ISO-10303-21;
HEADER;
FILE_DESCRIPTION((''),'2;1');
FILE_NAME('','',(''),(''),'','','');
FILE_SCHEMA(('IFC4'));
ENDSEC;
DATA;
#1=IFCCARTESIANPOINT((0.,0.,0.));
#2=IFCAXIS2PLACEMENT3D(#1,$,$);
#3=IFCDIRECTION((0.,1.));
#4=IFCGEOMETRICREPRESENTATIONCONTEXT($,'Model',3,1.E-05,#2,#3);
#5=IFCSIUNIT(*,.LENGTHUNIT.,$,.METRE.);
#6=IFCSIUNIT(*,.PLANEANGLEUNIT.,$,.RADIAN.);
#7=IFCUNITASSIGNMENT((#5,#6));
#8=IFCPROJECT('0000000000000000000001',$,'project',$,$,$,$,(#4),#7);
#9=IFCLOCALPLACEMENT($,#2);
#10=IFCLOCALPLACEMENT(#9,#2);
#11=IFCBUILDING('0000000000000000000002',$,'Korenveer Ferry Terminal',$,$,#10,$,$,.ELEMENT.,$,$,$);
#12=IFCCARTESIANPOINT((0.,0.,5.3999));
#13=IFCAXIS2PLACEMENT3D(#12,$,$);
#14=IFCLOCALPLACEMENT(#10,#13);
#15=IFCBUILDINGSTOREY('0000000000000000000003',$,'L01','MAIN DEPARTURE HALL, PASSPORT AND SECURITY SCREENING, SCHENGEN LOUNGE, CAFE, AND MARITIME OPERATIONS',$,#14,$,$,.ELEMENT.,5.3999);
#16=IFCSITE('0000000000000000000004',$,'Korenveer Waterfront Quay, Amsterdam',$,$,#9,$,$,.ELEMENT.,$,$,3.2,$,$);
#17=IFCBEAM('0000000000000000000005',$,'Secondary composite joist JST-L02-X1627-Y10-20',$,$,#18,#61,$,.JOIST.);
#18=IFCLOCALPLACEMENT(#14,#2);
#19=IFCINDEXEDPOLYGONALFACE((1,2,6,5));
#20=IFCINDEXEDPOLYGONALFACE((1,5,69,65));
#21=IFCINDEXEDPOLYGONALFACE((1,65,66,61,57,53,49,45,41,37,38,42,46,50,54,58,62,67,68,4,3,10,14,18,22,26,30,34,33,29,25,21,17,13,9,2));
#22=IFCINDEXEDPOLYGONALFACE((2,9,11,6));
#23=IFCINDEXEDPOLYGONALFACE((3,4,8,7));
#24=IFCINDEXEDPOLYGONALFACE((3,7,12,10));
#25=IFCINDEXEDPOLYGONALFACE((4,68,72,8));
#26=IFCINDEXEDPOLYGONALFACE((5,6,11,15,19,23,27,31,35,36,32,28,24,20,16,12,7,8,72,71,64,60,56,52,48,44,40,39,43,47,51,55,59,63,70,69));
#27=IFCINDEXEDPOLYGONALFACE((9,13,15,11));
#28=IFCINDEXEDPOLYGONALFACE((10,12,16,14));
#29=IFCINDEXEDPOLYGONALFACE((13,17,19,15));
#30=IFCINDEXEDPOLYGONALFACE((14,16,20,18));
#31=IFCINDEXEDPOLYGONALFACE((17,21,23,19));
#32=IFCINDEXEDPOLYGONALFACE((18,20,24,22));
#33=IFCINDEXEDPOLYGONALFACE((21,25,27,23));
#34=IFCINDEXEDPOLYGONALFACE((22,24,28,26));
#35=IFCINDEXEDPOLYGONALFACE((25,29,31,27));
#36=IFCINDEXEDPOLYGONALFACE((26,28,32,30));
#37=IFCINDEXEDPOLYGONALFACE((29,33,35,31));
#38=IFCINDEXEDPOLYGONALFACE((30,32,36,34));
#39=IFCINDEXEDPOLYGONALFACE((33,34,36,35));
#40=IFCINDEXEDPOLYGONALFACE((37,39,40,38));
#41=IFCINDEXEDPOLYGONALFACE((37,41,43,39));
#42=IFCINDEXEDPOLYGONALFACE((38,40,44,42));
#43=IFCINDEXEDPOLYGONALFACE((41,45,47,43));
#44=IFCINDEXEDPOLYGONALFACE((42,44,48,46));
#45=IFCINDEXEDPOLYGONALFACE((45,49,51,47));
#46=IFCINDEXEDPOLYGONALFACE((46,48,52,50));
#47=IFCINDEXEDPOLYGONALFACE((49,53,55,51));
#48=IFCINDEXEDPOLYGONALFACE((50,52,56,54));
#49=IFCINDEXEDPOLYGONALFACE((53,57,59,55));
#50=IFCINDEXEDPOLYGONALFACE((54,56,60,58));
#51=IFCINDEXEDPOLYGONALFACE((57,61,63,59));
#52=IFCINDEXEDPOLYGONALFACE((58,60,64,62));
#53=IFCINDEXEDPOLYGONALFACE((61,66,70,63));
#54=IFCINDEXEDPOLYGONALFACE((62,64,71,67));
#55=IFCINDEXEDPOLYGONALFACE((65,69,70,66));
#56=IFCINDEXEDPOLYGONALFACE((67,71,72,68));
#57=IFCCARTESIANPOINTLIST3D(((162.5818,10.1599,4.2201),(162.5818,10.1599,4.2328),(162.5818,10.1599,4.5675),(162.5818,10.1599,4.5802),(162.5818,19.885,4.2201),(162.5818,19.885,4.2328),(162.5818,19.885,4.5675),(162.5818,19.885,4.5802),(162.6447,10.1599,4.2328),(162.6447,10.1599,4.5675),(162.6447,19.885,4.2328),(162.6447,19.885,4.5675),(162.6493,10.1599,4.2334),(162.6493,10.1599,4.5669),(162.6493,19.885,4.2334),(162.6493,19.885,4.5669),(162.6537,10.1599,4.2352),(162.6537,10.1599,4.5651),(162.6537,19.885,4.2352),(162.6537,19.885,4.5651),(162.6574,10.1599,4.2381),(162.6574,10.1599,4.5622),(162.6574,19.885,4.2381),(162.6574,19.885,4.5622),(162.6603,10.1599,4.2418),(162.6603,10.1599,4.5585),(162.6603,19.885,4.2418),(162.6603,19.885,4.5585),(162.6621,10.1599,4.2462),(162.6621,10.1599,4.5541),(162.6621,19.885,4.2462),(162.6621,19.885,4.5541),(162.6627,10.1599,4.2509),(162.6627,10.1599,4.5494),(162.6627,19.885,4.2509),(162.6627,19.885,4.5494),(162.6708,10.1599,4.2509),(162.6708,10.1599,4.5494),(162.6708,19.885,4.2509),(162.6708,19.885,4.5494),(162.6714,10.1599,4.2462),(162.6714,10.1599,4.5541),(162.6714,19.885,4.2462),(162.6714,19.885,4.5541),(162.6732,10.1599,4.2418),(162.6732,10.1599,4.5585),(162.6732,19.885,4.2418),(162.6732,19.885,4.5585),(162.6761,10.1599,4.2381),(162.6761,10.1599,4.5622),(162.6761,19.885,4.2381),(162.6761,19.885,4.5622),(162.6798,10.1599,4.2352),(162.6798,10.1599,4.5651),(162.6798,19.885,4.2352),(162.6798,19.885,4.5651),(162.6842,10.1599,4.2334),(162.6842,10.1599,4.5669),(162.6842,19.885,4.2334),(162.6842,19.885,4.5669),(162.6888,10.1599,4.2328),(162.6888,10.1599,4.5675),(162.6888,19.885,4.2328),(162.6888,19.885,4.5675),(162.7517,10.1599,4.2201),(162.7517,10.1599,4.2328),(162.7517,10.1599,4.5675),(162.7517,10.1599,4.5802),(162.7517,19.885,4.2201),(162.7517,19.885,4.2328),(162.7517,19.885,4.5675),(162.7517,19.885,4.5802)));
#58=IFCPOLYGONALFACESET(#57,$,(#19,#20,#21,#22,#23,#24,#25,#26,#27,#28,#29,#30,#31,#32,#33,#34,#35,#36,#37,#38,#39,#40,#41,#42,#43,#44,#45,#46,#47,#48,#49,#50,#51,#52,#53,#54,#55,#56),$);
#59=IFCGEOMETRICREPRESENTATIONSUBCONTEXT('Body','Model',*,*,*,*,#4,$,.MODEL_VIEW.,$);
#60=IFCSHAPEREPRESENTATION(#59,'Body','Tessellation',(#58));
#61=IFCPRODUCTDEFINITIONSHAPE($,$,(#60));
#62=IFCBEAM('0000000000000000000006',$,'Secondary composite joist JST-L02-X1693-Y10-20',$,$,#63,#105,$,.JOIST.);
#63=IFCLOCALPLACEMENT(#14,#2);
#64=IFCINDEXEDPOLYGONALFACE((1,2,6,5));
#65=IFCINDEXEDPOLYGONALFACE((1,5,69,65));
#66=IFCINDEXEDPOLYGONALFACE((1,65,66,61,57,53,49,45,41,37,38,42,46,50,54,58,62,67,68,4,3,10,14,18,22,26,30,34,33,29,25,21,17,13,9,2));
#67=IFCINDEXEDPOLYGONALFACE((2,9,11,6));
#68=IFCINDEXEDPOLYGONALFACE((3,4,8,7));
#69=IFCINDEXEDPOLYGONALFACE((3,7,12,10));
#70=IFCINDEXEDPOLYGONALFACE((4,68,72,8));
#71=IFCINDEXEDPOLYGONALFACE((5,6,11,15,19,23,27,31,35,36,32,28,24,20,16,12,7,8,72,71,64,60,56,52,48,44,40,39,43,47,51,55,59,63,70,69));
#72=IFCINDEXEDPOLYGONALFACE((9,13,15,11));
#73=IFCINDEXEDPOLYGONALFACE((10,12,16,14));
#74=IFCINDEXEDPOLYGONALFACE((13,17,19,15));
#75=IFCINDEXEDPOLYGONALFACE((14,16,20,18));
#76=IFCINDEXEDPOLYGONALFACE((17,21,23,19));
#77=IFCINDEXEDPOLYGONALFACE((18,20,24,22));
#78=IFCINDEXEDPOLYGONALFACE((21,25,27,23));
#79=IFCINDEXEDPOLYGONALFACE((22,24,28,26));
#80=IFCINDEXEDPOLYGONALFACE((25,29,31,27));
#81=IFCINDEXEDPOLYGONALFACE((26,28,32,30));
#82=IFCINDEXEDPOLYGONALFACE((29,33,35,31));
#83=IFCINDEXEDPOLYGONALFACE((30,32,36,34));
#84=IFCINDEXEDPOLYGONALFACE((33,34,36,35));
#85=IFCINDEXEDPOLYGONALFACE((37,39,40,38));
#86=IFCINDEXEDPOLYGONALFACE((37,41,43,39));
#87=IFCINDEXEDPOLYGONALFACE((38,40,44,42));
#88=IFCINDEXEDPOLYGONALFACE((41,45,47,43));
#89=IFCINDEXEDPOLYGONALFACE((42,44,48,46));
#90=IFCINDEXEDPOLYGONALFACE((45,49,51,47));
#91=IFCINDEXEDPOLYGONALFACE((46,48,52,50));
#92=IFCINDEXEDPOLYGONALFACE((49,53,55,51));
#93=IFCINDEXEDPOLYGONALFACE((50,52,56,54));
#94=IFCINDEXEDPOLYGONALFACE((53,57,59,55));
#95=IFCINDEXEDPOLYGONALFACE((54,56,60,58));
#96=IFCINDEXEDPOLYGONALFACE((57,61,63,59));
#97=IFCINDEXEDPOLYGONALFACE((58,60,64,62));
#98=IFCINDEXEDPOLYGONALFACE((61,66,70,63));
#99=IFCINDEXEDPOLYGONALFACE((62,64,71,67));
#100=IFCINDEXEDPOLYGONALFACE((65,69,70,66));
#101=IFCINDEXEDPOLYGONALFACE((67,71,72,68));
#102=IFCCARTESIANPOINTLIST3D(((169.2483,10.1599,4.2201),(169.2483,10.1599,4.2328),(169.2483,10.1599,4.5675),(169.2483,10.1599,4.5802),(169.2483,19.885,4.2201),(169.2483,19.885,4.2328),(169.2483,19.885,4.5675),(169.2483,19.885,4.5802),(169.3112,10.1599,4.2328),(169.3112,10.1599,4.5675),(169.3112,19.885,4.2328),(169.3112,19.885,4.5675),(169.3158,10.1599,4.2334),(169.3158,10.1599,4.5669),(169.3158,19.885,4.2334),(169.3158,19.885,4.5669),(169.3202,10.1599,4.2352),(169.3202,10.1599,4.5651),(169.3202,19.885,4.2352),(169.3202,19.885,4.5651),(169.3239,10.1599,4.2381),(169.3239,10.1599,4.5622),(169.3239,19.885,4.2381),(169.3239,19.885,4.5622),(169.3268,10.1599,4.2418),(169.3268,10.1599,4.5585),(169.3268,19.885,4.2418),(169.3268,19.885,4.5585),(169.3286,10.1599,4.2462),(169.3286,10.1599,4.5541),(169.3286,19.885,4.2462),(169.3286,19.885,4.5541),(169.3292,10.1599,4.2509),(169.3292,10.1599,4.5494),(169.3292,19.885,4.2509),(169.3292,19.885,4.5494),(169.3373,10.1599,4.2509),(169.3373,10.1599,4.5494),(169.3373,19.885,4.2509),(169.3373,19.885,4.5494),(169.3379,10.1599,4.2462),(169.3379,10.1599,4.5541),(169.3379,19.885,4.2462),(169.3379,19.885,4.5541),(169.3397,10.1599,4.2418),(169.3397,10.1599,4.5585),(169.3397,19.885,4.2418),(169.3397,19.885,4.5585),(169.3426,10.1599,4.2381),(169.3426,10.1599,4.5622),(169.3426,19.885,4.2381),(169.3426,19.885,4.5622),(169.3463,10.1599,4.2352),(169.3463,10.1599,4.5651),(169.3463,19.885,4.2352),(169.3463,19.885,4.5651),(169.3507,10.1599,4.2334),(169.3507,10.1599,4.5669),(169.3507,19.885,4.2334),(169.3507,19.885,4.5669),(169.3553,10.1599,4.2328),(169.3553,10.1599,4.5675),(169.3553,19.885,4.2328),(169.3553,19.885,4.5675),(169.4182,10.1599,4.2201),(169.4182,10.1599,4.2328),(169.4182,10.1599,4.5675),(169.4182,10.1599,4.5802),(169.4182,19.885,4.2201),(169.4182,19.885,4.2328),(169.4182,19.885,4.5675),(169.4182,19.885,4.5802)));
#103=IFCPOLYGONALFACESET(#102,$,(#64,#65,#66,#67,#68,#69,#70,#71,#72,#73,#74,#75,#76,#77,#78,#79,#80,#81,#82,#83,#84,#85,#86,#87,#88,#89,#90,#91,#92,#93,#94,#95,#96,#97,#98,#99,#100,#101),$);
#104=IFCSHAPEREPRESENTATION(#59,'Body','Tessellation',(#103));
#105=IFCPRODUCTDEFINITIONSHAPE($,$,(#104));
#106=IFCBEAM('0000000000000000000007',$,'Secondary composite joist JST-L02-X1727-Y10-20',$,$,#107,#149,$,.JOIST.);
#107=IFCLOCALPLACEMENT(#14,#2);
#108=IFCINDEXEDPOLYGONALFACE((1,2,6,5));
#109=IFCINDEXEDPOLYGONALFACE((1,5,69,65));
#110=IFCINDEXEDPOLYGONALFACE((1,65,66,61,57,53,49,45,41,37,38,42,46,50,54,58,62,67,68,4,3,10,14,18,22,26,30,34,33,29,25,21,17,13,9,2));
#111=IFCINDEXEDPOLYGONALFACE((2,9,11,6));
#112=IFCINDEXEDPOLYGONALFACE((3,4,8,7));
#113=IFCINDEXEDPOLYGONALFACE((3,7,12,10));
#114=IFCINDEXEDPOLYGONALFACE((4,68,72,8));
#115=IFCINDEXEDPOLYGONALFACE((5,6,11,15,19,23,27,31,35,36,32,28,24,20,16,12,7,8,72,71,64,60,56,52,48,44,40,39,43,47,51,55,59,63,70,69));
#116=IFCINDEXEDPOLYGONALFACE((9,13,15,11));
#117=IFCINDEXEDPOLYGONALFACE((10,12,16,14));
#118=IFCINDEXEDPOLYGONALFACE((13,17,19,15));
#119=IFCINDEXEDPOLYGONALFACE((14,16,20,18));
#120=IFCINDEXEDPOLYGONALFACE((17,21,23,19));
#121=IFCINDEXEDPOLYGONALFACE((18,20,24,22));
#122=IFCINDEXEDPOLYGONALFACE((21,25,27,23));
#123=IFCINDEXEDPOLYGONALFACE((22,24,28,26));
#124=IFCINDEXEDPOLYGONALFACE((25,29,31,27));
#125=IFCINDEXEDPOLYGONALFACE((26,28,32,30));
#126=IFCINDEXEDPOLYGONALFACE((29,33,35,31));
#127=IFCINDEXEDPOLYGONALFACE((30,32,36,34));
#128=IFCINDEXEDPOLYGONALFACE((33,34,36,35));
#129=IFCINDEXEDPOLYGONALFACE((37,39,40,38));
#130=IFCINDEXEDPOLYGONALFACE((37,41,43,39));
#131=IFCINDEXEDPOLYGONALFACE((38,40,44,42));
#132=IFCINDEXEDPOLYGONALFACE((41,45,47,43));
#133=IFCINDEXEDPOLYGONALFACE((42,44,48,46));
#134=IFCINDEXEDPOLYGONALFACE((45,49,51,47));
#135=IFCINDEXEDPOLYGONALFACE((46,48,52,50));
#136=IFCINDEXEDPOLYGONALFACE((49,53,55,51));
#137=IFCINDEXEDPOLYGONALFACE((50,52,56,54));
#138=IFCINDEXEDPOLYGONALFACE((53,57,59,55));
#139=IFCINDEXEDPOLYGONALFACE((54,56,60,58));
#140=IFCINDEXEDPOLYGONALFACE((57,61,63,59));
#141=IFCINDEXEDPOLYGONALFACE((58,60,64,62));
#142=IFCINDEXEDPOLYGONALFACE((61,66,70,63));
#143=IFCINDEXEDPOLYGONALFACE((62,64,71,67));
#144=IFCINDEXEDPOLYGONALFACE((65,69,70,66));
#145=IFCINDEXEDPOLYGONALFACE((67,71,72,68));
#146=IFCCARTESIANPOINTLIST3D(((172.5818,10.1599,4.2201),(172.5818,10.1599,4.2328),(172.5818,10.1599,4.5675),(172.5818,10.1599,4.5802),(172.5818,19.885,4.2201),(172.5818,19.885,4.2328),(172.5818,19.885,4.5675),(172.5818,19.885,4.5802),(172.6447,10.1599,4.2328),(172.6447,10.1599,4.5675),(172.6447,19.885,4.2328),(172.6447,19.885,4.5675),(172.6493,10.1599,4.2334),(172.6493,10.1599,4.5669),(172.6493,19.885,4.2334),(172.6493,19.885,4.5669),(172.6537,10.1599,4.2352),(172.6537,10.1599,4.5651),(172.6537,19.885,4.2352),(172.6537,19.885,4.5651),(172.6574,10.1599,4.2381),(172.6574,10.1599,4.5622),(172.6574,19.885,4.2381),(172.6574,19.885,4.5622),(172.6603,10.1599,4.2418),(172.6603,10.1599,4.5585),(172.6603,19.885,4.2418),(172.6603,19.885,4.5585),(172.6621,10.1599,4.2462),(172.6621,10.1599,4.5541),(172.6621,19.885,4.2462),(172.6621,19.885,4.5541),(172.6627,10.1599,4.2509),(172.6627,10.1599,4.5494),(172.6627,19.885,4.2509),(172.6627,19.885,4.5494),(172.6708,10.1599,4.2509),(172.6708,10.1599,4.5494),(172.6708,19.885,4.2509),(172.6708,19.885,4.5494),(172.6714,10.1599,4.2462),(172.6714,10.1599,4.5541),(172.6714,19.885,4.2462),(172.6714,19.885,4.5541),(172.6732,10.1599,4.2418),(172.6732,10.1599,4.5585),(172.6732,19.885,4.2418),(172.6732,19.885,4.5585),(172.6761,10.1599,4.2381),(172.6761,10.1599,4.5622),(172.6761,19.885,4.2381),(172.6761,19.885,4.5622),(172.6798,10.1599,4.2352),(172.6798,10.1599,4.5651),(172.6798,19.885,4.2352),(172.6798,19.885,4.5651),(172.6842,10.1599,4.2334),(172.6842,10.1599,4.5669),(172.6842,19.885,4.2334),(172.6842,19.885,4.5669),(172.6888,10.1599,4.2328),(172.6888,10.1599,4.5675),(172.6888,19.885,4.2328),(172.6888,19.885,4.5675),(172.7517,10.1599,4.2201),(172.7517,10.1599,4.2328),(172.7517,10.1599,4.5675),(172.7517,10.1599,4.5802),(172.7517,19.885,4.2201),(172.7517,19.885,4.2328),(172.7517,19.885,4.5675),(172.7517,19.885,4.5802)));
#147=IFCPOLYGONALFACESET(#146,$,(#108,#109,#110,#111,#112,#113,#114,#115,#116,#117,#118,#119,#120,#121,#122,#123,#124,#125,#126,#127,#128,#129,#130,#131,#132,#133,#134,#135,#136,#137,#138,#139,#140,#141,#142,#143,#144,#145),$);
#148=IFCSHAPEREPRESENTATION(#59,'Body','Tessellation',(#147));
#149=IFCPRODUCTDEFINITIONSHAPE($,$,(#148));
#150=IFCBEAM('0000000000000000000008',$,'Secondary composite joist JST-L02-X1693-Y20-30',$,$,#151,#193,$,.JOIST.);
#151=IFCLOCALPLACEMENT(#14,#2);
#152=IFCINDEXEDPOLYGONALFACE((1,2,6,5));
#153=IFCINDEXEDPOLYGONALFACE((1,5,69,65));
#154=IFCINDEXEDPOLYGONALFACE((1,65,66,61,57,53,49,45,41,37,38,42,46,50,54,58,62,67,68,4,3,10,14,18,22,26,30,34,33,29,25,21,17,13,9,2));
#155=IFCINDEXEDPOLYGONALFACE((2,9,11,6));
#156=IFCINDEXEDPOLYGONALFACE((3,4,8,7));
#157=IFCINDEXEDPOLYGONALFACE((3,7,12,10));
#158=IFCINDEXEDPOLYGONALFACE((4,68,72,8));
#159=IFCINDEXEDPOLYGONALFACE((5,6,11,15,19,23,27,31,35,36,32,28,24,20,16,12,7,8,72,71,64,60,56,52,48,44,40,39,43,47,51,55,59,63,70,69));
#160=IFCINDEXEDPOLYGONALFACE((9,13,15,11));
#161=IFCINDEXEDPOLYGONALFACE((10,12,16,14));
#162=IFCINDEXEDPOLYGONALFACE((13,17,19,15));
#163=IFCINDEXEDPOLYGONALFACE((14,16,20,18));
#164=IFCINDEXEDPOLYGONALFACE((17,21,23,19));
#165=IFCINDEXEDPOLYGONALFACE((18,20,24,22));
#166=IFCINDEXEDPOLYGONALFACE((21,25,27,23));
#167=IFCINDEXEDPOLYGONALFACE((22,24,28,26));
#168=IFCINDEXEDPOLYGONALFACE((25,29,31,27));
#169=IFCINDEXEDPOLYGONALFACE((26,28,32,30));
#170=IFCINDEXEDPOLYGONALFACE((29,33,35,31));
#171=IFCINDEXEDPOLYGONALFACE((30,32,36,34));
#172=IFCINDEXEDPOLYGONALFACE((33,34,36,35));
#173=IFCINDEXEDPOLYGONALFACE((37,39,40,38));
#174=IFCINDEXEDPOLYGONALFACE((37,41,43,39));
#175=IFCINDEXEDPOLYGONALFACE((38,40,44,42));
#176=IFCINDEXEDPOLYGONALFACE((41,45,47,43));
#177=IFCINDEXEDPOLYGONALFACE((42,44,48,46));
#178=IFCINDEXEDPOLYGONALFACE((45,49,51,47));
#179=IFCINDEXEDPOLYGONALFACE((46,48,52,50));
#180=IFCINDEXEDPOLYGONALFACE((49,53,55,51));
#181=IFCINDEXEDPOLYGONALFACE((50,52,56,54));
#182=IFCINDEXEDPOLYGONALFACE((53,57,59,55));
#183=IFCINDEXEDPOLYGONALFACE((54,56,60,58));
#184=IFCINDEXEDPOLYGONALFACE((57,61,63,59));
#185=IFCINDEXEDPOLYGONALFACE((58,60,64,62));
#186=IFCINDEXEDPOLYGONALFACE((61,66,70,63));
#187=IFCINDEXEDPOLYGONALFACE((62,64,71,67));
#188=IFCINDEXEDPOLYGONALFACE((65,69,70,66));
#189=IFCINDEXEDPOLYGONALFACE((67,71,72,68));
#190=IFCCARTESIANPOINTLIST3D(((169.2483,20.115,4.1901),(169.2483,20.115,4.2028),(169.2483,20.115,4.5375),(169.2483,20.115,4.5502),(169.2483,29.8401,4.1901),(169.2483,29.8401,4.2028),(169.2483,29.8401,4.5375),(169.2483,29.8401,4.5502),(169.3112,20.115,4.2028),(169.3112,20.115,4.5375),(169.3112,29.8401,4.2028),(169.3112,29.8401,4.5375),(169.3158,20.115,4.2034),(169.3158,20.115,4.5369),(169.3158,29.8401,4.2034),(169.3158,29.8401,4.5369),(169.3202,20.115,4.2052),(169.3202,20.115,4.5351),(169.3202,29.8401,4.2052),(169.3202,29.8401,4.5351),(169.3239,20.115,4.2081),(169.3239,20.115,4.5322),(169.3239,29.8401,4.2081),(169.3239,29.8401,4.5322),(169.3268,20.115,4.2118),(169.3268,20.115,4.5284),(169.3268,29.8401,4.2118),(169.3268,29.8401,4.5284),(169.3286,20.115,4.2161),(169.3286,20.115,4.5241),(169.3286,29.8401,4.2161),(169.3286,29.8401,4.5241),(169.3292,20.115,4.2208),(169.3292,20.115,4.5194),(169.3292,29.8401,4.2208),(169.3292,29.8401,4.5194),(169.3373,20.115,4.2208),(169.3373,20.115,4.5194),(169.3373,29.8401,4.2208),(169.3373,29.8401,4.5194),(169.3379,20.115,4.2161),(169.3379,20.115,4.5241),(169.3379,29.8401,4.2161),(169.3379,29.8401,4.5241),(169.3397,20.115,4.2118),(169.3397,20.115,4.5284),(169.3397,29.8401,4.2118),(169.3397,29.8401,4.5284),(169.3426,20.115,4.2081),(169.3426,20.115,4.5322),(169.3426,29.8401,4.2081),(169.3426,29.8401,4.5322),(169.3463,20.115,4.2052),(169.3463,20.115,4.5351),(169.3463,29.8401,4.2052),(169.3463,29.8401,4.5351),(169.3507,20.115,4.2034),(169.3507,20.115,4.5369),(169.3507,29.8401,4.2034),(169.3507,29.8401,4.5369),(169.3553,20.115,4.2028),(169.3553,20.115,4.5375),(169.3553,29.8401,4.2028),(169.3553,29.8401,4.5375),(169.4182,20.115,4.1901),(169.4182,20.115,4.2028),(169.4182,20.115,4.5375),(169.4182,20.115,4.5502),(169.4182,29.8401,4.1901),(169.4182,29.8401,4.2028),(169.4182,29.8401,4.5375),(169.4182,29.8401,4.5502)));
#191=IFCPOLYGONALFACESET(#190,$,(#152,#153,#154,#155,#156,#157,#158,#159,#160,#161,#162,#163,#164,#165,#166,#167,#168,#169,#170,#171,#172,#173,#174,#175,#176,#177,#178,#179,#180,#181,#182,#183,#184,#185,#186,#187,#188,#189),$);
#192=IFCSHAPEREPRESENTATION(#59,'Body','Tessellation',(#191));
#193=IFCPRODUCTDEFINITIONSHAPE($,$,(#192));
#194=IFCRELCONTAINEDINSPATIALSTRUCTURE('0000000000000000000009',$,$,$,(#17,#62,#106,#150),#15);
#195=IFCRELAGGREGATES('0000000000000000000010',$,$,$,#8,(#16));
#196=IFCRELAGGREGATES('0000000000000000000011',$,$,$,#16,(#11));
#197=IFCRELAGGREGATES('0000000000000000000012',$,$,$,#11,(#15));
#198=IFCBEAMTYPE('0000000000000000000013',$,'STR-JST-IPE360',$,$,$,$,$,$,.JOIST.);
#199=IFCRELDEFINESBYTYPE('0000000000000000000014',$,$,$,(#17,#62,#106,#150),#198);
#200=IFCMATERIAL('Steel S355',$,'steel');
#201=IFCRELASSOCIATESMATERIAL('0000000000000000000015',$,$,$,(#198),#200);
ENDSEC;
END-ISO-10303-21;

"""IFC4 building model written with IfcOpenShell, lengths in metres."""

from ifc_helpers import new_model, si_unit, direction, frame, origin, origin_2d, place, context, subcontext, project, spatial, i_section, extrude, material, material_profile, profile_set, type_object, element, save


model = new_model("IFC4")

# Units and contexts
model_context = context("Model", 3, precision=1e-05, world=origin(), true_north=direction((0.0, 1.0)))
body_context = subcontext(model_context, "Body", "Model", "MODEL_VIEW")
ifc_project = project(units=[si_unit("LENGTHUNIT", "METRE"), si_unit("PLANEANGLEUNIT", "RADIAN")], contexts=[model_context])

# Site, building, storey
site_placement = place(None, origin())
site = spatial("IfcSite", under=ifc_project, at=site_placement, Name="Korenveer Waterfront Quay, Amsterdam", CompositionType="ELEMENT", RefElevation=3.2)
building_placement = place(site_placement, origin())
building = spatial("IfcBuilding", under=site, at=building_placement, Name="Korenveer Ferry Terminal", CompositionType="ELEMENT")
storey_placement = place(building_placement, frame((0.0, 0.0, 5.3999)))
storey = spatial("IfcBuildingStorey", under=building, at=storey_placement, Name="L01", Description="MAIN DEPARTURE HALL, PASSPORT AND SECURITY SCREENING, SCHENGEN LOUNGE, CAFE, AND MARITIME OPERATIONS", CompositionType="ELEMENT", Elevation=5.3999)

# Beams
ifc_material_1 = material(Name="Steel S355", Category="steel")
ifc_material_profile_1 = material_profile(ifc_material_1, i_section(OverallWidth=0.1699, OverallDepth=0.3601, WebThickness=0.0081, FlangeThickness=0.0127, FilletRadius=0.0181, at=origin_2d()), Name="IPE 360")
ifc_profile_set_1 = profile_set([ifc_material_profile_1], Name="Steel S355")
beam_type_1 = type_object("IfcBeamType", Name="STR-JST-IPE360", PredefinedType="JOIST", material=ifc_profile_set_1)
for number, where, z_axis, x_axis, name in (
    (1, (162.6667, 10.1599, 4.4001), (0.0, 1.0, 0.0), (-1.0, 0.0, 0.0), "Secondary composite joist JST-L02-X1627-Y10-20"),
    (2, (169.3333, 10.1599, 4.4001), (0.0, 1.0, 0.0), (-1.0, 0.0, 0.0), "Secondary composite joist JST-L02-X1693-Y10-20"),
    (3, (172.6667, 10.1599, 4.4001), (0.0, 1.0, 0.0), (-1.0, 0.0, 0.0), "Secondary composite joist JST-L02-X1727-Y10-20"),
    (4, (169.3333, 20.115, 4.3701), (0.0, 1.0, 0.0), (-1.0, 0.0, 0.0), "Secondary composite joist JST-L02-X1693-Y20-30"),
):
    element("IfcBeam", number, at=place(storey_placement, frame(where, z_axis=z_axis, x_axis=x_axis)), inside=storey, type_object=beam_type_1, Name=name, PredefinedType="JOIST", context=body_context, shape_type="SweptSolid", body=[
        extrude(i_section(OverallWidth=0.1699, OverallDepth=0.3601, WebThickness=0.0081, FlangeThickness=0.0127, FilletRadius=0.0181, at=origin_2d()), origin(), (0.0, 0.0, 1.0), 9.7251),
    ])

save(model, "model.ifc")
